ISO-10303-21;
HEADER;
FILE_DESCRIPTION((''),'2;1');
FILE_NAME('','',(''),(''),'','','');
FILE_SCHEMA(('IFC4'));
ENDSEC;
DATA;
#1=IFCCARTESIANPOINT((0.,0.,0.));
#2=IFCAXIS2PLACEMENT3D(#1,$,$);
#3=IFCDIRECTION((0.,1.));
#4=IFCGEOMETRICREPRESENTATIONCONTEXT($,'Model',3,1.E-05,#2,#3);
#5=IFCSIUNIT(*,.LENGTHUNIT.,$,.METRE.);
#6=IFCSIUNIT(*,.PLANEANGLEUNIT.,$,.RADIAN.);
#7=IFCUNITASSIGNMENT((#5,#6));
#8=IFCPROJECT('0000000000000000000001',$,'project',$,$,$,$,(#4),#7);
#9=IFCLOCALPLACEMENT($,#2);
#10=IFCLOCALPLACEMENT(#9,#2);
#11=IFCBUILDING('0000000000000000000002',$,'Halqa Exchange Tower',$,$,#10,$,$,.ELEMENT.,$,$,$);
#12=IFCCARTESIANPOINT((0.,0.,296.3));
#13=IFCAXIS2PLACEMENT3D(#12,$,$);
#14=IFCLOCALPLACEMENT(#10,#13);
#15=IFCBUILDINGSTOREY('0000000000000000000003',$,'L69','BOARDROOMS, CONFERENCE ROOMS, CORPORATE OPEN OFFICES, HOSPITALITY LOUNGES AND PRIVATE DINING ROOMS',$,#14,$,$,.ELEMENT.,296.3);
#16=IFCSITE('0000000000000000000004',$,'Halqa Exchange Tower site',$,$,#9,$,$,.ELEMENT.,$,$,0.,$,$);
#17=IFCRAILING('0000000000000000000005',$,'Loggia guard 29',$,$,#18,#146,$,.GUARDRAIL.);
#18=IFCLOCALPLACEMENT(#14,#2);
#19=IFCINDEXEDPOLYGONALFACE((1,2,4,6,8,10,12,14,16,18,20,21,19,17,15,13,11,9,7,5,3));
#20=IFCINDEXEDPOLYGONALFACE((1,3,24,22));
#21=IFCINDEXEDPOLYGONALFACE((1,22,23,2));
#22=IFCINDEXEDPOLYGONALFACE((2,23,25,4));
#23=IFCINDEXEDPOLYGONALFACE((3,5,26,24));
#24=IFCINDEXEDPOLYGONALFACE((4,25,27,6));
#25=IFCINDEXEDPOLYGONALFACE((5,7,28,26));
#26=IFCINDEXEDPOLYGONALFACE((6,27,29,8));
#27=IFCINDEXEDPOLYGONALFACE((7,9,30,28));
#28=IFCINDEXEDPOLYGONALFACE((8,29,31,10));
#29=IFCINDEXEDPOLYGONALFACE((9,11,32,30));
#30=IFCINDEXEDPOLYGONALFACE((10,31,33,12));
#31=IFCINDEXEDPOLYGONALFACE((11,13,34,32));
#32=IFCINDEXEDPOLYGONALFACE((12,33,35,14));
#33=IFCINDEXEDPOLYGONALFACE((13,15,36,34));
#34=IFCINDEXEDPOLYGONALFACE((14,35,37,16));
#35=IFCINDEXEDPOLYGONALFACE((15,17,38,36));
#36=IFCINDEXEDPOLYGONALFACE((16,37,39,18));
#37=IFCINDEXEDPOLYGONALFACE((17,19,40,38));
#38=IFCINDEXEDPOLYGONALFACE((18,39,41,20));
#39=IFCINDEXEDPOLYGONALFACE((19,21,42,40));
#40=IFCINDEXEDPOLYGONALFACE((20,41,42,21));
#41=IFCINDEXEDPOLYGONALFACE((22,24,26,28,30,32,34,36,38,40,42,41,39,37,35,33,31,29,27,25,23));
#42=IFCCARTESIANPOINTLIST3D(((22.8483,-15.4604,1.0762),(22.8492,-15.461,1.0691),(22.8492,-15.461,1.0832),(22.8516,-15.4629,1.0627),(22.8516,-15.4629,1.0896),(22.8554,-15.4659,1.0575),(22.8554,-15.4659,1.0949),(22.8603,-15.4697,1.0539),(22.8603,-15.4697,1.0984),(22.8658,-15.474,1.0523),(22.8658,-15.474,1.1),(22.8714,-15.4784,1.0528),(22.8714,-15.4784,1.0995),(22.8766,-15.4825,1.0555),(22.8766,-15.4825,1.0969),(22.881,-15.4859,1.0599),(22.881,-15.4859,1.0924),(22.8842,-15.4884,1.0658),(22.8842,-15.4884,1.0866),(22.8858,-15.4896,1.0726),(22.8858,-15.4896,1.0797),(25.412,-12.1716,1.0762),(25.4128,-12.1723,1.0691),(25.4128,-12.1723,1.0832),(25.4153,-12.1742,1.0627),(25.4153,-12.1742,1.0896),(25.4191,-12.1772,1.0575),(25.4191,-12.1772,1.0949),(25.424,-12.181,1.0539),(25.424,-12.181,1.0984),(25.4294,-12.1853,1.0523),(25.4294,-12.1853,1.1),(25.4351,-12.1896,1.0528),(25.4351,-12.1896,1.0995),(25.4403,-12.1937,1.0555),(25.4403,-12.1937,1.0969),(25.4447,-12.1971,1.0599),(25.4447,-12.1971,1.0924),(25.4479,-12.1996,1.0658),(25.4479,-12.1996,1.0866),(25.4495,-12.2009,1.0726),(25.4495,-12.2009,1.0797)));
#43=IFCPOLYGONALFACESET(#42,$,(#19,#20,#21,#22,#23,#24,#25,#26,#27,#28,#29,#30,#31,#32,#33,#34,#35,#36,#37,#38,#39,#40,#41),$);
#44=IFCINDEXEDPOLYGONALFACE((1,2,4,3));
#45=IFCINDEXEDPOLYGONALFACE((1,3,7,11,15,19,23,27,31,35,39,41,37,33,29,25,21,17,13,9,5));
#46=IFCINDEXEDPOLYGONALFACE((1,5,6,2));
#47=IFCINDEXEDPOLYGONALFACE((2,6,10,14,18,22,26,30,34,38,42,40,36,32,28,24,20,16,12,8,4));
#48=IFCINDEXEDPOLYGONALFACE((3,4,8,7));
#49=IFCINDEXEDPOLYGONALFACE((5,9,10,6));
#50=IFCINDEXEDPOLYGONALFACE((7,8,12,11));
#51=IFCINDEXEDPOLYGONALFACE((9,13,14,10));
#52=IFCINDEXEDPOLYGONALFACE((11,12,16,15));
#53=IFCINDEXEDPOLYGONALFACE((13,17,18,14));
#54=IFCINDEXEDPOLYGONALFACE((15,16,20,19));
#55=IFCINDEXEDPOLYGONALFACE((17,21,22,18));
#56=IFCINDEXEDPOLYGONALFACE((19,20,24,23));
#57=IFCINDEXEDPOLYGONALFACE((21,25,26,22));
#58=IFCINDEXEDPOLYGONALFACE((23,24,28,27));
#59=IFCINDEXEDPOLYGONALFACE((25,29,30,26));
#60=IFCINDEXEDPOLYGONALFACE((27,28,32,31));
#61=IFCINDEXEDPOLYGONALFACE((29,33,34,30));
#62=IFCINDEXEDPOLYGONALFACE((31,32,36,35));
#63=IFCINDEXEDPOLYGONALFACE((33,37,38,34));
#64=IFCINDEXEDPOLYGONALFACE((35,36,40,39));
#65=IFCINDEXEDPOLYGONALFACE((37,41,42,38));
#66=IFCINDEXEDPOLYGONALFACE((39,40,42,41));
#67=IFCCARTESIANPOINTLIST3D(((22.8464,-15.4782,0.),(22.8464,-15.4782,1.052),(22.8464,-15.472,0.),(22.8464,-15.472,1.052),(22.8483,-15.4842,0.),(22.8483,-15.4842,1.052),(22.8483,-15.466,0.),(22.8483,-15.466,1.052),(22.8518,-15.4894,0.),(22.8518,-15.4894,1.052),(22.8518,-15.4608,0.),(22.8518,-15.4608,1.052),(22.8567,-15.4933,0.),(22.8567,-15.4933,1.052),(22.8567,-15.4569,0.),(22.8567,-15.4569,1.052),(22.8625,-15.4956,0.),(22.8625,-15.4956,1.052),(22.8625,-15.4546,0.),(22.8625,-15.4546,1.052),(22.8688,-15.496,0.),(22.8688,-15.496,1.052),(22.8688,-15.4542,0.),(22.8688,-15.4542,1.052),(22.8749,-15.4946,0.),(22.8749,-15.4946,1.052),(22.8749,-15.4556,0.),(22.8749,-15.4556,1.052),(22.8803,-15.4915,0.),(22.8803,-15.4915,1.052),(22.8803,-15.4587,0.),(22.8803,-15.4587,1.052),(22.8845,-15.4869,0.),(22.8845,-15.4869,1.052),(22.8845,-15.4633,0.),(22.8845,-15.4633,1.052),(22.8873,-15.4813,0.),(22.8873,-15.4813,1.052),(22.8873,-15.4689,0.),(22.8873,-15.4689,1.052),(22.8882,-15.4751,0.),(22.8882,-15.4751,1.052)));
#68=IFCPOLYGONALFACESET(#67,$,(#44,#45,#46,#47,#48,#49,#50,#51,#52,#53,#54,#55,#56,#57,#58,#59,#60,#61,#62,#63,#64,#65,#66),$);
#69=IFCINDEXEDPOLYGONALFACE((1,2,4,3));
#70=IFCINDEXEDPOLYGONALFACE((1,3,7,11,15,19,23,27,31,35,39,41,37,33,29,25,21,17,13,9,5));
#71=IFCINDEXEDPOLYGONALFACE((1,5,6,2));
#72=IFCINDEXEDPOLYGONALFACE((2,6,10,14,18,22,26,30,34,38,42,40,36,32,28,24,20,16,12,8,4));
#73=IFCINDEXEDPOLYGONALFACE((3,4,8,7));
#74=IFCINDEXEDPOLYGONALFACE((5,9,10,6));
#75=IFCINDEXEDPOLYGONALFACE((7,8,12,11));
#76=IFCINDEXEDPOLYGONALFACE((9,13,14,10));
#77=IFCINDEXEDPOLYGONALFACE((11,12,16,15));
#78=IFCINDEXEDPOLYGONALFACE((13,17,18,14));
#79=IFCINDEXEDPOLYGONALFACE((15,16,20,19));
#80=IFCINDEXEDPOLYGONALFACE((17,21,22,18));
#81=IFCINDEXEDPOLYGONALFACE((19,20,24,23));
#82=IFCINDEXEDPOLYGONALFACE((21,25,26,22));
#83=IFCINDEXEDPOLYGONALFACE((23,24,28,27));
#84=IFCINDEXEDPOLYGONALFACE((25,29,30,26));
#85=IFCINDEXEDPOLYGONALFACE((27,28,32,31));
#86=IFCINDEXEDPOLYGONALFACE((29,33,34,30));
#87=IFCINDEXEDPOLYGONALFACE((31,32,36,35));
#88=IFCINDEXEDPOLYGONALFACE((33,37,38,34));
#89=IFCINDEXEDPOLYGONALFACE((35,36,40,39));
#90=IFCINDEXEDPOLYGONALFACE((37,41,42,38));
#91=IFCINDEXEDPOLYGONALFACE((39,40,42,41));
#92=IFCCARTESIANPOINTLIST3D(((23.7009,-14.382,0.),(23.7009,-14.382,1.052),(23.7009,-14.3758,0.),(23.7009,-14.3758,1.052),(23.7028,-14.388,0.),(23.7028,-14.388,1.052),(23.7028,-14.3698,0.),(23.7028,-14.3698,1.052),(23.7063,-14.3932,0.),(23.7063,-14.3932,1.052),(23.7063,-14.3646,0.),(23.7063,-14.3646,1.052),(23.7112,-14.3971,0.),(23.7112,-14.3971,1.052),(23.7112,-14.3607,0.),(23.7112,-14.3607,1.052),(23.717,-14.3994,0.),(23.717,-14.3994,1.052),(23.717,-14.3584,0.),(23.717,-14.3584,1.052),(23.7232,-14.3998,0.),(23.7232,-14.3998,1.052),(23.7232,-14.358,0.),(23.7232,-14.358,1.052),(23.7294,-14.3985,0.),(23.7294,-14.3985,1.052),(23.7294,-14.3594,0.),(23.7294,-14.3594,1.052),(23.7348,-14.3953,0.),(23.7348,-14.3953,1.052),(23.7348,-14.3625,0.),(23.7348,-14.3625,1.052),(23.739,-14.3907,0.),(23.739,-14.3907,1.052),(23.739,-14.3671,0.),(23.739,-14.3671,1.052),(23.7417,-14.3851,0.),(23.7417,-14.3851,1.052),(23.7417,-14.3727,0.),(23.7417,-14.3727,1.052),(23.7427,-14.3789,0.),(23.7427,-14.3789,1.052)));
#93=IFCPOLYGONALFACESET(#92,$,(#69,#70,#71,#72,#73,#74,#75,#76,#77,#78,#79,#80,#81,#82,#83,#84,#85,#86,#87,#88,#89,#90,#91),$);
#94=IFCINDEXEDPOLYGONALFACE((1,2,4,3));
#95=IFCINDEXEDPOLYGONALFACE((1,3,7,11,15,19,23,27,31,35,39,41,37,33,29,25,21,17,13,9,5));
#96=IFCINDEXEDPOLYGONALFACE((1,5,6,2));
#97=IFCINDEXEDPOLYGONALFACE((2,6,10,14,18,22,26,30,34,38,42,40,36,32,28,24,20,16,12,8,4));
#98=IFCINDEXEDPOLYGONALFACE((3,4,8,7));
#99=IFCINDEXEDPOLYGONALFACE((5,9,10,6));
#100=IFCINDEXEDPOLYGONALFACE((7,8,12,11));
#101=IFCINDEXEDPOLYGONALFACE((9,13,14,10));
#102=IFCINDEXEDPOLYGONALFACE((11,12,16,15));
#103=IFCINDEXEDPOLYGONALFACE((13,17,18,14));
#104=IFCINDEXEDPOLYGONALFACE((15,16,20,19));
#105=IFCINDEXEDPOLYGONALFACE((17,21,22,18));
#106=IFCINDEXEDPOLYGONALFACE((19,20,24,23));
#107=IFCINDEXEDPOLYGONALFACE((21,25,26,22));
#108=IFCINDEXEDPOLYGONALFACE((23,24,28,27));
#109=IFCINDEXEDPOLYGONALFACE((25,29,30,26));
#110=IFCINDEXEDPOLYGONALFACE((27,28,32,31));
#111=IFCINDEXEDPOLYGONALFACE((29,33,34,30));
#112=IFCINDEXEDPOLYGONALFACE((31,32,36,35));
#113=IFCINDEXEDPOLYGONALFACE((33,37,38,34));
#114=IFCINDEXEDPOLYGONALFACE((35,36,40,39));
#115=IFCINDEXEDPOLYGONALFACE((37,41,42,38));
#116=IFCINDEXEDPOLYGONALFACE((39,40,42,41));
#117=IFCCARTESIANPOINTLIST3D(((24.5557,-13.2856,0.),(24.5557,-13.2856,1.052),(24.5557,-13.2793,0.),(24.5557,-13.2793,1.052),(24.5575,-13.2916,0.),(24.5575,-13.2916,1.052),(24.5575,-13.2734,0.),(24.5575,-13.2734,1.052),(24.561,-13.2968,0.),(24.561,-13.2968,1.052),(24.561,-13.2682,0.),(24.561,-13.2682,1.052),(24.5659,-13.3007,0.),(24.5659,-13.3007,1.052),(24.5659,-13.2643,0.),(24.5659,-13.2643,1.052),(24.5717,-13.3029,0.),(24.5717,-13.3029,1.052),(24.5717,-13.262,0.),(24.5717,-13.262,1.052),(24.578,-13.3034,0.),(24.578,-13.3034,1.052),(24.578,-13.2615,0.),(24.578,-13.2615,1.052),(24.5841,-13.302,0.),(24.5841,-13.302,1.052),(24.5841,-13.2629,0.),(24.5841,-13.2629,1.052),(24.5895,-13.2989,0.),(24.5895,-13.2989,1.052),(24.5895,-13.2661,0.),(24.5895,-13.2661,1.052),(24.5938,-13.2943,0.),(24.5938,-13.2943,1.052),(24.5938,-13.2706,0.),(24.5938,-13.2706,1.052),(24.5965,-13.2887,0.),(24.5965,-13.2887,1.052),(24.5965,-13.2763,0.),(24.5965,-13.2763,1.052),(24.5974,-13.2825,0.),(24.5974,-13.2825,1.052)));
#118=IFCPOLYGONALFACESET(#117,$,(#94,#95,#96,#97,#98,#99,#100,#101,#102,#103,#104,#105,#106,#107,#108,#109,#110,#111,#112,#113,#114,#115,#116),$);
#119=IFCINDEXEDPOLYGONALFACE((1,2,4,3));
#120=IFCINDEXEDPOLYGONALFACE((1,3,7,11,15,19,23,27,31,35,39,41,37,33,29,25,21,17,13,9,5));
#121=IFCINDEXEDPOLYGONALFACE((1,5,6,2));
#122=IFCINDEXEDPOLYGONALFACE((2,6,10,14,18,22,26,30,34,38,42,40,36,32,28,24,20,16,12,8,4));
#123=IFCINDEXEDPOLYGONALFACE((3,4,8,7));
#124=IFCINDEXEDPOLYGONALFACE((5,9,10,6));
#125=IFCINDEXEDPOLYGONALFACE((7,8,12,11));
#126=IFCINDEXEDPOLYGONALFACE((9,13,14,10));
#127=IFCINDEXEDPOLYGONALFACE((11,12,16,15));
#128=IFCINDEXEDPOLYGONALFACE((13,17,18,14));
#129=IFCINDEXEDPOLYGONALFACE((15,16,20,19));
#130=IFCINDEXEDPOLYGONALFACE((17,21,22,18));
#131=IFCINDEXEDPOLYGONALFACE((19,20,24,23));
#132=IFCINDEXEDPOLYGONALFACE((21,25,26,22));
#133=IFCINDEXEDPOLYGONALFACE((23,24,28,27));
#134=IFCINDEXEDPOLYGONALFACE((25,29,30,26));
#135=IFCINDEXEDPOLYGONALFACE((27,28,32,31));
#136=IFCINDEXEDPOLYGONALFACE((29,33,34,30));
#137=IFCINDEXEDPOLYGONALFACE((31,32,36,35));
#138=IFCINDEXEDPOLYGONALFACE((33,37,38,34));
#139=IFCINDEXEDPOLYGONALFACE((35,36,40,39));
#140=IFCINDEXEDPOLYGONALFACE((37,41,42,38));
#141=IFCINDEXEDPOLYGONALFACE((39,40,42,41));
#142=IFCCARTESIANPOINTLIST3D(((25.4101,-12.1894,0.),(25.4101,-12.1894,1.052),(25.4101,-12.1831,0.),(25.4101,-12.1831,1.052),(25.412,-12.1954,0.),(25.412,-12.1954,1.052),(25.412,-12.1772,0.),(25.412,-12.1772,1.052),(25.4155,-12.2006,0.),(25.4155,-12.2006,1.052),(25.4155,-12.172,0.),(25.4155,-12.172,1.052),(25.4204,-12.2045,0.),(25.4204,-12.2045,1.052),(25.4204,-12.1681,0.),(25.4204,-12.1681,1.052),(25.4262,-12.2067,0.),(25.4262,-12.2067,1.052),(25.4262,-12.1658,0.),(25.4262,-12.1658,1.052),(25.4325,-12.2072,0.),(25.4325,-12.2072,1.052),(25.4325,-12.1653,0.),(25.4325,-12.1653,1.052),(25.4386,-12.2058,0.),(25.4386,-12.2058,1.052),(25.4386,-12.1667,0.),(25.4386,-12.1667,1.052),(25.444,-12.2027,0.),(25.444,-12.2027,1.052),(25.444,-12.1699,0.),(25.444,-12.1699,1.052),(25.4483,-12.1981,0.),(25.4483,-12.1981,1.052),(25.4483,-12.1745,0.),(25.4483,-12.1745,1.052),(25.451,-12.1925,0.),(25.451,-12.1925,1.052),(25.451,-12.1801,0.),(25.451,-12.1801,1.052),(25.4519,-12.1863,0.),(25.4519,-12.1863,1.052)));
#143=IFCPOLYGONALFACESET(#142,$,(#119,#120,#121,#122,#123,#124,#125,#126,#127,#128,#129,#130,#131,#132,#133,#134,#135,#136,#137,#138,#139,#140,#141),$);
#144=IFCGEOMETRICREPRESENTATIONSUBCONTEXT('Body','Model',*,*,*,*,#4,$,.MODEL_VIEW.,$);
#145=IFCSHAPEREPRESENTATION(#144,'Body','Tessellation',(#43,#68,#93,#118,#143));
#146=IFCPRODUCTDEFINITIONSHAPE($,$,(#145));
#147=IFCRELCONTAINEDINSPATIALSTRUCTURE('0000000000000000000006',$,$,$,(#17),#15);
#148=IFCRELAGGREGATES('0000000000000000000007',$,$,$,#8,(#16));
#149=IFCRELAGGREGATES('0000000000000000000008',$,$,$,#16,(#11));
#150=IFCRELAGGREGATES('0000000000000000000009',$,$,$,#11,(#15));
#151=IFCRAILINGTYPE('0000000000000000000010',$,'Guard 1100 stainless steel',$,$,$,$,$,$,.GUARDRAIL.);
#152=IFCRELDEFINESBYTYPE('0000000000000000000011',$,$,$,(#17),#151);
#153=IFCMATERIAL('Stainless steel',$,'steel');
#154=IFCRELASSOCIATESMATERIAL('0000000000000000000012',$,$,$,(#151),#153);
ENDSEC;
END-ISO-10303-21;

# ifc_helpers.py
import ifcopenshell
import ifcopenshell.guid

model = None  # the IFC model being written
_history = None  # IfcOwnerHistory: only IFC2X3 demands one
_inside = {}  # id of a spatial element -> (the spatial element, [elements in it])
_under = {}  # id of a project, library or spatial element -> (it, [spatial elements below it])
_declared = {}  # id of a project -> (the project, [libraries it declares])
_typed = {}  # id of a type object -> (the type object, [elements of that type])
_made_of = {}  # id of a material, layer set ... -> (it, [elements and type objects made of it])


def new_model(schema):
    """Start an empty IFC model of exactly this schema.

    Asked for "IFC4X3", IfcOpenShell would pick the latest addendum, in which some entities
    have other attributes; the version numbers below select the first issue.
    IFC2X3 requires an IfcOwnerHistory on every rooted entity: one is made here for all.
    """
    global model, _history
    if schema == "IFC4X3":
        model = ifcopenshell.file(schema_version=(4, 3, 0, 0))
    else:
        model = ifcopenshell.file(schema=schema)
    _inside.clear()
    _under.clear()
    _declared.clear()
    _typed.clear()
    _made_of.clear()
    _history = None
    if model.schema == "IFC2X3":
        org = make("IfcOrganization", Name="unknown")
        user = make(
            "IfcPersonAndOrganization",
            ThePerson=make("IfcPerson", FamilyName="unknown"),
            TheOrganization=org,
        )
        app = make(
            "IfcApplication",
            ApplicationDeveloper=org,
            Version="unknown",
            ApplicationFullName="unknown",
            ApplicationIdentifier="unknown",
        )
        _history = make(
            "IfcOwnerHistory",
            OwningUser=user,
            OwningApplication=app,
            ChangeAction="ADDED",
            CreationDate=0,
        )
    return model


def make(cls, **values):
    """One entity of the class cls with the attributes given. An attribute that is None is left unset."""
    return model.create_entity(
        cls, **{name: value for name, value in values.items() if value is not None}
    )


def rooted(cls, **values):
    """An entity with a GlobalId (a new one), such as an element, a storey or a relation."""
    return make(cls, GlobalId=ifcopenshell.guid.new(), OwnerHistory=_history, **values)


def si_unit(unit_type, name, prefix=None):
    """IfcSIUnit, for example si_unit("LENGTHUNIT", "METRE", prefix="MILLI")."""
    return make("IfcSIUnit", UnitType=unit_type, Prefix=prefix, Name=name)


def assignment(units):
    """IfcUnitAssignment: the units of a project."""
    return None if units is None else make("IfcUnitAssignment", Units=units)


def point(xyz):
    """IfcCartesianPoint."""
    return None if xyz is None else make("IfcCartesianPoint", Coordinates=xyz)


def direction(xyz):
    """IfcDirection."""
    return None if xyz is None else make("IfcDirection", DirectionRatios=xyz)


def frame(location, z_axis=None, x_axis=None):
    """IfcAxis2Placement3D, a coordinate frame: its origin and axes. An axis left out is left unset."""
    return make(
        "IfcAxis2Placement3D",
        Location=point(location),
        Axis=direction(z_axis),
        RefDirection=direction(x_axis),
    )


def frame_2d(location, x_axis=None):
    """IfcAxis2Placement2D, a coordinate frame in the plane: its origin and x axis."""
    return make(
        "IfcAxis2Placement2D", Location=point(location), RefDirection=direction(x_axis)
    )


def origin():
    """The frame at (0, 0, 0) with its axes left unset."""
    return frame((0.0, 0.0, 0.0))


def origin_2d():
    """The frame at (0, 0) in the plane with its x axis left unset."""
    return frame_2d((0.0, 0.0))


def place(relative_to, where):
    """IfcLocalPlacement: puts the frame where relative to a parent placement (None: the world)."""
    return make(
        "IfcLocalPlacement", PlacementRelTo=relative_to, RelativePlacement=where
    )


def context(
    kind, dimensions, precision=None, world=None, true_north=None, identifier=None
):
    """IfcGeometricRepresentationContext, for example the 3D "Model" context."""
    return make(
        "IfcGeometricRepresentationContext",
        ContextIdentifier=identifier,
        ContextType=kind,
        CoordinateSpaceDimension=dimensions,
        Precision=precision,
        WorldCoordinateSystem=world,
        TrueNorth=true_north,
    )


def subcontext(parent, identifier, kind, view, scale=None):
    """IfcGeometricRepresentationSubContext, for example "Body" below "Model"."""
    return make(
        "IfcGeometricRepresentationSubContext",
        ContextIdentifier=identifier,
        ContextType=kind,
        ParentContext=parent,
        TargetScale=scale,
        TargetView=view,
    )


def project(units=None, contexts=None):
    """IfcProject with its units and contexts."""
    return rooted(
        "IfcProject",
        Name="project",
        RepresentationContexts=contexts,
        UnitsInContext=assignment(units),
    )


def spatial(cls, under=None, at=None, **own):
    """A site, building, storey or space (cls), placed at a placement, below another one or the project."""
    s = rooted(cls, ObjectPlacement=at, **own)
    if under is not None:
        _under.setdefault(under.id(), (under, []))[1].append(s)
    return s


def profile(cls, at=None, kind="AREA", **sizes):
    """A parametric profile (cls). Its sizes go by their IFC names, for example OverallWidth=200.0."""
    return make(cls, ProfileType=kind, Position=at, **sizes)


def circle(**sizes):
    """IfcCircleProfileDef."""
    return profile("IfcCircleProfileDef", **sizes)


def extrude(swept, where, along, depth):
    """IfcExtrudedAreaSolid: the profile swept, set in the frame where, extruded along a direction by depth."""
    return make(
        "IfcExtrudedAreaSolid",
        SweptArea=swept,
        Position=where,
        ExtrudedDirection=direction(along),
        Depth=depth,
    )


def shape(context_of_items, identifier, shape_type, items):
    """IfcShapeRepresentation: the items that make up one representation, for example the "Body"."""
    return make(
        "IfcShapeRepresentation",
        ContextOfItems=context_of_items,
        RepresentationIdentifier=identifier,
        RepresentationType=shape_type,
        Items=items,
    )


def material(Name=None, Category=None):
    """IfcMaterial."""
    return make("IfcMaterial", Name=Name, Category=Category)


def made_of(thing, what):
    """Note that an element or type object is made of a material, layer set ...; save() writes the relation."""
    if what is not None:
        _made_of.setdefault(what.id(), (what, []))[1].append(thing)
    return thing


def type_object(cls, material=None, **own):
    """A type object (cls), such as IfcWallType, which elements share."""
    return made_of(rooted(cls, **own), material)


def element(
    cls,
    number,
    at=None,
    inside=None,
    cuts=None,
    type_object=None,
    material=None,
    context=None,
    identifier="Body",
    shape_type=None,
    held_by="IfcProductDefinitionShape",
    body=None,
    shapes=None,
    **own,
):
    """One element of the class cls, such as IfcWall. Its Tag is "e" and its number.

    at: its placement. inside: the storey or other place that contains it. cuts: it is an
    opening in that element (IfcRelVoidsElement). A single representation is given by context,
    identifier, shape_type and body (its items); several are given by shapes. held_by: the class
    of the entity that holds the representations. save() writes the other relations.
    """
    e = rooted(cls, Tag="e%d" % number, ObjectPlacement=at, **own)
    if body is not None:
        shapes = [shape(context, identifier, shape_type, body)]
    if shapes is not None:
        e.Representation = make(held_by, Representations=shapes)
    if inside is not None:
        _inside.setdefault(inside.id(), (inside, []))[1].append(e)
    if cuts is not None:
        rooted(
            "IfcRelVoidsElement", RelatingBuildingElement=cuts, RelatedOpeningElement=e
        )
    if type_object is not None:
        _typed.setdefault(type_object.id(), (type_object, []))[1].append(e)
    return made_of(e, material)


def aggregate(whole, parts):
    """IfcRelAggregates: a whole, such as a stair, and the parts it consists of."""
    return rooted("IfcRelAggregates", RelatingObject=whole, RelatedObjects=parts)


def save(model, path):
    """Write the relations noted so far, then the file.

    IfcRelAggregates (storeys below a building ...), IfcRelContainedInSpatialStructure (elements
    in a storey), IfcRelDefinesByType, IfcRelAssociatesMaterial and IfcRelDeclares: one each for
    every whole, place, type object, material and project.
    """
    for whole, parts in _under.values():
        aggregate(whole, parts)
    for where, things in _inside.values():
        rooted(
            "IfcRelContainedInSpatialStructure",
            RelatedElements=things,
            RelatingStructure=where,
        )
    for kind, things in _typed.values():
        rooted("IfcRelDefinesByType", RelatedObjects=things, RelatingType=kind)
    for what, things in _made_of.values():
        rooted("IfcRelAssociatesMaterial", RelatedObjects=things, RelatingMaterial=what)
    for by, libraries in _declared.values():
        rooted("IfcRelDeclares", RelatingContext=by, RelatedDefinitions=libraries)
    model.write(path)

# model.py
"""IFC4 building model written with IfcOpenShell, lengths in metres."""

from ifc_helpers import new_model, si_unit, direction, frame, origin, origin_2d, place, context, subcontext, project, spatial, circle, extrude, material, type_object, element, save


model = new_model("IFC4")

# Units and contexts
model_context = context("Model", 3, precision=1e-05, world=origin(), true_north=direction((0.0, 1.0)))
body_context = subcontext(model_context, "Body", "Model", "MODEL_VIEW")
ifc_project = project(units=[si_unit("LENGTHUNIT", "METRE"), si_unit("PLANEANGLEUNIT", "RADIAN")], contexts=[model_context])

# Site, building, storey
site_placement = place(None, origin())
site = spatial("IfcSite", under=ifc_project, at=site_placement, Name="Halqa Exchange Tower site", CompositionType="ELEMENT", RefElevation=0.0)
building_placement = place(site_placement, origin())
building = spatial("IfcBuilding", under=site, at=building_placement, Name="Halqa Exchange Tower", CompositionType="ELEMENT")
storey_placement = place(building_placement, frame((0.0, 0.0, 296.3)))
storey = spatial("IfcBuildingStorey", under=building, at=storey_placement, Name="L69", Description="BOARDROOMS, CONFERENCE ROOMS, CORPORATE OPEN OFFICES, HOSPITALITY LOUNGES AND PRIVATE DINING ROOMS", CompositionType="ELEMENT", Elevation=296.3)

# Railing
ifc_material_1 = material(Name="Stainless steel", Category="steel")
railing_type = type_object("IfcRailingType", Name="Guard 1100 stainless steel", PredefinedType="GUARDRAIL", material=ifc_material_1)
railing_1_placement = place(storey_placement, frame((22.8672, -15.4751, 0.0)))
element("IfcRailing", 1, at=railing_1_placement, inside=storey, type_object=railing_type, Name="Loggia guard 29", PredefinedType="GUARDRAIL", context=body_context, shape_type="SweptSolid", body=[
    extrude(circle(Radius=0.0239, at=origin_2d()), frame((0.0, 0.0, 1.0762), z_axis=(0.6148, 0.788683, 0.0), x_axis=(-0.788683, 0.6148, 0.0)), (0.0, 0.0, 1.0), 4.1699),
    extrude(circle(Radius=0.021, at=origin_2d()), origin(), (0.0, 0.0, 1.0), 1.052),
    extrude(circle(Radius=0.021, at=origin_2d()), frame((0.8545, 1.0962, 0.0)), (0.0, 0.0, 1.0), 1.052),
    extrude(circle(Radius=0.021, at=origin_2d()), frame((1.7092, 2.1926, 0.0)), (0.0, 0.0, 1.0), 1.052),
    extrude(circle(Radius=0.021, at=origin_2d()), frame((2.5637, 3.2888, 0.0)), (0.0, 0.0, 1.0), 1.052),
])

save(model, "model.ifc")
